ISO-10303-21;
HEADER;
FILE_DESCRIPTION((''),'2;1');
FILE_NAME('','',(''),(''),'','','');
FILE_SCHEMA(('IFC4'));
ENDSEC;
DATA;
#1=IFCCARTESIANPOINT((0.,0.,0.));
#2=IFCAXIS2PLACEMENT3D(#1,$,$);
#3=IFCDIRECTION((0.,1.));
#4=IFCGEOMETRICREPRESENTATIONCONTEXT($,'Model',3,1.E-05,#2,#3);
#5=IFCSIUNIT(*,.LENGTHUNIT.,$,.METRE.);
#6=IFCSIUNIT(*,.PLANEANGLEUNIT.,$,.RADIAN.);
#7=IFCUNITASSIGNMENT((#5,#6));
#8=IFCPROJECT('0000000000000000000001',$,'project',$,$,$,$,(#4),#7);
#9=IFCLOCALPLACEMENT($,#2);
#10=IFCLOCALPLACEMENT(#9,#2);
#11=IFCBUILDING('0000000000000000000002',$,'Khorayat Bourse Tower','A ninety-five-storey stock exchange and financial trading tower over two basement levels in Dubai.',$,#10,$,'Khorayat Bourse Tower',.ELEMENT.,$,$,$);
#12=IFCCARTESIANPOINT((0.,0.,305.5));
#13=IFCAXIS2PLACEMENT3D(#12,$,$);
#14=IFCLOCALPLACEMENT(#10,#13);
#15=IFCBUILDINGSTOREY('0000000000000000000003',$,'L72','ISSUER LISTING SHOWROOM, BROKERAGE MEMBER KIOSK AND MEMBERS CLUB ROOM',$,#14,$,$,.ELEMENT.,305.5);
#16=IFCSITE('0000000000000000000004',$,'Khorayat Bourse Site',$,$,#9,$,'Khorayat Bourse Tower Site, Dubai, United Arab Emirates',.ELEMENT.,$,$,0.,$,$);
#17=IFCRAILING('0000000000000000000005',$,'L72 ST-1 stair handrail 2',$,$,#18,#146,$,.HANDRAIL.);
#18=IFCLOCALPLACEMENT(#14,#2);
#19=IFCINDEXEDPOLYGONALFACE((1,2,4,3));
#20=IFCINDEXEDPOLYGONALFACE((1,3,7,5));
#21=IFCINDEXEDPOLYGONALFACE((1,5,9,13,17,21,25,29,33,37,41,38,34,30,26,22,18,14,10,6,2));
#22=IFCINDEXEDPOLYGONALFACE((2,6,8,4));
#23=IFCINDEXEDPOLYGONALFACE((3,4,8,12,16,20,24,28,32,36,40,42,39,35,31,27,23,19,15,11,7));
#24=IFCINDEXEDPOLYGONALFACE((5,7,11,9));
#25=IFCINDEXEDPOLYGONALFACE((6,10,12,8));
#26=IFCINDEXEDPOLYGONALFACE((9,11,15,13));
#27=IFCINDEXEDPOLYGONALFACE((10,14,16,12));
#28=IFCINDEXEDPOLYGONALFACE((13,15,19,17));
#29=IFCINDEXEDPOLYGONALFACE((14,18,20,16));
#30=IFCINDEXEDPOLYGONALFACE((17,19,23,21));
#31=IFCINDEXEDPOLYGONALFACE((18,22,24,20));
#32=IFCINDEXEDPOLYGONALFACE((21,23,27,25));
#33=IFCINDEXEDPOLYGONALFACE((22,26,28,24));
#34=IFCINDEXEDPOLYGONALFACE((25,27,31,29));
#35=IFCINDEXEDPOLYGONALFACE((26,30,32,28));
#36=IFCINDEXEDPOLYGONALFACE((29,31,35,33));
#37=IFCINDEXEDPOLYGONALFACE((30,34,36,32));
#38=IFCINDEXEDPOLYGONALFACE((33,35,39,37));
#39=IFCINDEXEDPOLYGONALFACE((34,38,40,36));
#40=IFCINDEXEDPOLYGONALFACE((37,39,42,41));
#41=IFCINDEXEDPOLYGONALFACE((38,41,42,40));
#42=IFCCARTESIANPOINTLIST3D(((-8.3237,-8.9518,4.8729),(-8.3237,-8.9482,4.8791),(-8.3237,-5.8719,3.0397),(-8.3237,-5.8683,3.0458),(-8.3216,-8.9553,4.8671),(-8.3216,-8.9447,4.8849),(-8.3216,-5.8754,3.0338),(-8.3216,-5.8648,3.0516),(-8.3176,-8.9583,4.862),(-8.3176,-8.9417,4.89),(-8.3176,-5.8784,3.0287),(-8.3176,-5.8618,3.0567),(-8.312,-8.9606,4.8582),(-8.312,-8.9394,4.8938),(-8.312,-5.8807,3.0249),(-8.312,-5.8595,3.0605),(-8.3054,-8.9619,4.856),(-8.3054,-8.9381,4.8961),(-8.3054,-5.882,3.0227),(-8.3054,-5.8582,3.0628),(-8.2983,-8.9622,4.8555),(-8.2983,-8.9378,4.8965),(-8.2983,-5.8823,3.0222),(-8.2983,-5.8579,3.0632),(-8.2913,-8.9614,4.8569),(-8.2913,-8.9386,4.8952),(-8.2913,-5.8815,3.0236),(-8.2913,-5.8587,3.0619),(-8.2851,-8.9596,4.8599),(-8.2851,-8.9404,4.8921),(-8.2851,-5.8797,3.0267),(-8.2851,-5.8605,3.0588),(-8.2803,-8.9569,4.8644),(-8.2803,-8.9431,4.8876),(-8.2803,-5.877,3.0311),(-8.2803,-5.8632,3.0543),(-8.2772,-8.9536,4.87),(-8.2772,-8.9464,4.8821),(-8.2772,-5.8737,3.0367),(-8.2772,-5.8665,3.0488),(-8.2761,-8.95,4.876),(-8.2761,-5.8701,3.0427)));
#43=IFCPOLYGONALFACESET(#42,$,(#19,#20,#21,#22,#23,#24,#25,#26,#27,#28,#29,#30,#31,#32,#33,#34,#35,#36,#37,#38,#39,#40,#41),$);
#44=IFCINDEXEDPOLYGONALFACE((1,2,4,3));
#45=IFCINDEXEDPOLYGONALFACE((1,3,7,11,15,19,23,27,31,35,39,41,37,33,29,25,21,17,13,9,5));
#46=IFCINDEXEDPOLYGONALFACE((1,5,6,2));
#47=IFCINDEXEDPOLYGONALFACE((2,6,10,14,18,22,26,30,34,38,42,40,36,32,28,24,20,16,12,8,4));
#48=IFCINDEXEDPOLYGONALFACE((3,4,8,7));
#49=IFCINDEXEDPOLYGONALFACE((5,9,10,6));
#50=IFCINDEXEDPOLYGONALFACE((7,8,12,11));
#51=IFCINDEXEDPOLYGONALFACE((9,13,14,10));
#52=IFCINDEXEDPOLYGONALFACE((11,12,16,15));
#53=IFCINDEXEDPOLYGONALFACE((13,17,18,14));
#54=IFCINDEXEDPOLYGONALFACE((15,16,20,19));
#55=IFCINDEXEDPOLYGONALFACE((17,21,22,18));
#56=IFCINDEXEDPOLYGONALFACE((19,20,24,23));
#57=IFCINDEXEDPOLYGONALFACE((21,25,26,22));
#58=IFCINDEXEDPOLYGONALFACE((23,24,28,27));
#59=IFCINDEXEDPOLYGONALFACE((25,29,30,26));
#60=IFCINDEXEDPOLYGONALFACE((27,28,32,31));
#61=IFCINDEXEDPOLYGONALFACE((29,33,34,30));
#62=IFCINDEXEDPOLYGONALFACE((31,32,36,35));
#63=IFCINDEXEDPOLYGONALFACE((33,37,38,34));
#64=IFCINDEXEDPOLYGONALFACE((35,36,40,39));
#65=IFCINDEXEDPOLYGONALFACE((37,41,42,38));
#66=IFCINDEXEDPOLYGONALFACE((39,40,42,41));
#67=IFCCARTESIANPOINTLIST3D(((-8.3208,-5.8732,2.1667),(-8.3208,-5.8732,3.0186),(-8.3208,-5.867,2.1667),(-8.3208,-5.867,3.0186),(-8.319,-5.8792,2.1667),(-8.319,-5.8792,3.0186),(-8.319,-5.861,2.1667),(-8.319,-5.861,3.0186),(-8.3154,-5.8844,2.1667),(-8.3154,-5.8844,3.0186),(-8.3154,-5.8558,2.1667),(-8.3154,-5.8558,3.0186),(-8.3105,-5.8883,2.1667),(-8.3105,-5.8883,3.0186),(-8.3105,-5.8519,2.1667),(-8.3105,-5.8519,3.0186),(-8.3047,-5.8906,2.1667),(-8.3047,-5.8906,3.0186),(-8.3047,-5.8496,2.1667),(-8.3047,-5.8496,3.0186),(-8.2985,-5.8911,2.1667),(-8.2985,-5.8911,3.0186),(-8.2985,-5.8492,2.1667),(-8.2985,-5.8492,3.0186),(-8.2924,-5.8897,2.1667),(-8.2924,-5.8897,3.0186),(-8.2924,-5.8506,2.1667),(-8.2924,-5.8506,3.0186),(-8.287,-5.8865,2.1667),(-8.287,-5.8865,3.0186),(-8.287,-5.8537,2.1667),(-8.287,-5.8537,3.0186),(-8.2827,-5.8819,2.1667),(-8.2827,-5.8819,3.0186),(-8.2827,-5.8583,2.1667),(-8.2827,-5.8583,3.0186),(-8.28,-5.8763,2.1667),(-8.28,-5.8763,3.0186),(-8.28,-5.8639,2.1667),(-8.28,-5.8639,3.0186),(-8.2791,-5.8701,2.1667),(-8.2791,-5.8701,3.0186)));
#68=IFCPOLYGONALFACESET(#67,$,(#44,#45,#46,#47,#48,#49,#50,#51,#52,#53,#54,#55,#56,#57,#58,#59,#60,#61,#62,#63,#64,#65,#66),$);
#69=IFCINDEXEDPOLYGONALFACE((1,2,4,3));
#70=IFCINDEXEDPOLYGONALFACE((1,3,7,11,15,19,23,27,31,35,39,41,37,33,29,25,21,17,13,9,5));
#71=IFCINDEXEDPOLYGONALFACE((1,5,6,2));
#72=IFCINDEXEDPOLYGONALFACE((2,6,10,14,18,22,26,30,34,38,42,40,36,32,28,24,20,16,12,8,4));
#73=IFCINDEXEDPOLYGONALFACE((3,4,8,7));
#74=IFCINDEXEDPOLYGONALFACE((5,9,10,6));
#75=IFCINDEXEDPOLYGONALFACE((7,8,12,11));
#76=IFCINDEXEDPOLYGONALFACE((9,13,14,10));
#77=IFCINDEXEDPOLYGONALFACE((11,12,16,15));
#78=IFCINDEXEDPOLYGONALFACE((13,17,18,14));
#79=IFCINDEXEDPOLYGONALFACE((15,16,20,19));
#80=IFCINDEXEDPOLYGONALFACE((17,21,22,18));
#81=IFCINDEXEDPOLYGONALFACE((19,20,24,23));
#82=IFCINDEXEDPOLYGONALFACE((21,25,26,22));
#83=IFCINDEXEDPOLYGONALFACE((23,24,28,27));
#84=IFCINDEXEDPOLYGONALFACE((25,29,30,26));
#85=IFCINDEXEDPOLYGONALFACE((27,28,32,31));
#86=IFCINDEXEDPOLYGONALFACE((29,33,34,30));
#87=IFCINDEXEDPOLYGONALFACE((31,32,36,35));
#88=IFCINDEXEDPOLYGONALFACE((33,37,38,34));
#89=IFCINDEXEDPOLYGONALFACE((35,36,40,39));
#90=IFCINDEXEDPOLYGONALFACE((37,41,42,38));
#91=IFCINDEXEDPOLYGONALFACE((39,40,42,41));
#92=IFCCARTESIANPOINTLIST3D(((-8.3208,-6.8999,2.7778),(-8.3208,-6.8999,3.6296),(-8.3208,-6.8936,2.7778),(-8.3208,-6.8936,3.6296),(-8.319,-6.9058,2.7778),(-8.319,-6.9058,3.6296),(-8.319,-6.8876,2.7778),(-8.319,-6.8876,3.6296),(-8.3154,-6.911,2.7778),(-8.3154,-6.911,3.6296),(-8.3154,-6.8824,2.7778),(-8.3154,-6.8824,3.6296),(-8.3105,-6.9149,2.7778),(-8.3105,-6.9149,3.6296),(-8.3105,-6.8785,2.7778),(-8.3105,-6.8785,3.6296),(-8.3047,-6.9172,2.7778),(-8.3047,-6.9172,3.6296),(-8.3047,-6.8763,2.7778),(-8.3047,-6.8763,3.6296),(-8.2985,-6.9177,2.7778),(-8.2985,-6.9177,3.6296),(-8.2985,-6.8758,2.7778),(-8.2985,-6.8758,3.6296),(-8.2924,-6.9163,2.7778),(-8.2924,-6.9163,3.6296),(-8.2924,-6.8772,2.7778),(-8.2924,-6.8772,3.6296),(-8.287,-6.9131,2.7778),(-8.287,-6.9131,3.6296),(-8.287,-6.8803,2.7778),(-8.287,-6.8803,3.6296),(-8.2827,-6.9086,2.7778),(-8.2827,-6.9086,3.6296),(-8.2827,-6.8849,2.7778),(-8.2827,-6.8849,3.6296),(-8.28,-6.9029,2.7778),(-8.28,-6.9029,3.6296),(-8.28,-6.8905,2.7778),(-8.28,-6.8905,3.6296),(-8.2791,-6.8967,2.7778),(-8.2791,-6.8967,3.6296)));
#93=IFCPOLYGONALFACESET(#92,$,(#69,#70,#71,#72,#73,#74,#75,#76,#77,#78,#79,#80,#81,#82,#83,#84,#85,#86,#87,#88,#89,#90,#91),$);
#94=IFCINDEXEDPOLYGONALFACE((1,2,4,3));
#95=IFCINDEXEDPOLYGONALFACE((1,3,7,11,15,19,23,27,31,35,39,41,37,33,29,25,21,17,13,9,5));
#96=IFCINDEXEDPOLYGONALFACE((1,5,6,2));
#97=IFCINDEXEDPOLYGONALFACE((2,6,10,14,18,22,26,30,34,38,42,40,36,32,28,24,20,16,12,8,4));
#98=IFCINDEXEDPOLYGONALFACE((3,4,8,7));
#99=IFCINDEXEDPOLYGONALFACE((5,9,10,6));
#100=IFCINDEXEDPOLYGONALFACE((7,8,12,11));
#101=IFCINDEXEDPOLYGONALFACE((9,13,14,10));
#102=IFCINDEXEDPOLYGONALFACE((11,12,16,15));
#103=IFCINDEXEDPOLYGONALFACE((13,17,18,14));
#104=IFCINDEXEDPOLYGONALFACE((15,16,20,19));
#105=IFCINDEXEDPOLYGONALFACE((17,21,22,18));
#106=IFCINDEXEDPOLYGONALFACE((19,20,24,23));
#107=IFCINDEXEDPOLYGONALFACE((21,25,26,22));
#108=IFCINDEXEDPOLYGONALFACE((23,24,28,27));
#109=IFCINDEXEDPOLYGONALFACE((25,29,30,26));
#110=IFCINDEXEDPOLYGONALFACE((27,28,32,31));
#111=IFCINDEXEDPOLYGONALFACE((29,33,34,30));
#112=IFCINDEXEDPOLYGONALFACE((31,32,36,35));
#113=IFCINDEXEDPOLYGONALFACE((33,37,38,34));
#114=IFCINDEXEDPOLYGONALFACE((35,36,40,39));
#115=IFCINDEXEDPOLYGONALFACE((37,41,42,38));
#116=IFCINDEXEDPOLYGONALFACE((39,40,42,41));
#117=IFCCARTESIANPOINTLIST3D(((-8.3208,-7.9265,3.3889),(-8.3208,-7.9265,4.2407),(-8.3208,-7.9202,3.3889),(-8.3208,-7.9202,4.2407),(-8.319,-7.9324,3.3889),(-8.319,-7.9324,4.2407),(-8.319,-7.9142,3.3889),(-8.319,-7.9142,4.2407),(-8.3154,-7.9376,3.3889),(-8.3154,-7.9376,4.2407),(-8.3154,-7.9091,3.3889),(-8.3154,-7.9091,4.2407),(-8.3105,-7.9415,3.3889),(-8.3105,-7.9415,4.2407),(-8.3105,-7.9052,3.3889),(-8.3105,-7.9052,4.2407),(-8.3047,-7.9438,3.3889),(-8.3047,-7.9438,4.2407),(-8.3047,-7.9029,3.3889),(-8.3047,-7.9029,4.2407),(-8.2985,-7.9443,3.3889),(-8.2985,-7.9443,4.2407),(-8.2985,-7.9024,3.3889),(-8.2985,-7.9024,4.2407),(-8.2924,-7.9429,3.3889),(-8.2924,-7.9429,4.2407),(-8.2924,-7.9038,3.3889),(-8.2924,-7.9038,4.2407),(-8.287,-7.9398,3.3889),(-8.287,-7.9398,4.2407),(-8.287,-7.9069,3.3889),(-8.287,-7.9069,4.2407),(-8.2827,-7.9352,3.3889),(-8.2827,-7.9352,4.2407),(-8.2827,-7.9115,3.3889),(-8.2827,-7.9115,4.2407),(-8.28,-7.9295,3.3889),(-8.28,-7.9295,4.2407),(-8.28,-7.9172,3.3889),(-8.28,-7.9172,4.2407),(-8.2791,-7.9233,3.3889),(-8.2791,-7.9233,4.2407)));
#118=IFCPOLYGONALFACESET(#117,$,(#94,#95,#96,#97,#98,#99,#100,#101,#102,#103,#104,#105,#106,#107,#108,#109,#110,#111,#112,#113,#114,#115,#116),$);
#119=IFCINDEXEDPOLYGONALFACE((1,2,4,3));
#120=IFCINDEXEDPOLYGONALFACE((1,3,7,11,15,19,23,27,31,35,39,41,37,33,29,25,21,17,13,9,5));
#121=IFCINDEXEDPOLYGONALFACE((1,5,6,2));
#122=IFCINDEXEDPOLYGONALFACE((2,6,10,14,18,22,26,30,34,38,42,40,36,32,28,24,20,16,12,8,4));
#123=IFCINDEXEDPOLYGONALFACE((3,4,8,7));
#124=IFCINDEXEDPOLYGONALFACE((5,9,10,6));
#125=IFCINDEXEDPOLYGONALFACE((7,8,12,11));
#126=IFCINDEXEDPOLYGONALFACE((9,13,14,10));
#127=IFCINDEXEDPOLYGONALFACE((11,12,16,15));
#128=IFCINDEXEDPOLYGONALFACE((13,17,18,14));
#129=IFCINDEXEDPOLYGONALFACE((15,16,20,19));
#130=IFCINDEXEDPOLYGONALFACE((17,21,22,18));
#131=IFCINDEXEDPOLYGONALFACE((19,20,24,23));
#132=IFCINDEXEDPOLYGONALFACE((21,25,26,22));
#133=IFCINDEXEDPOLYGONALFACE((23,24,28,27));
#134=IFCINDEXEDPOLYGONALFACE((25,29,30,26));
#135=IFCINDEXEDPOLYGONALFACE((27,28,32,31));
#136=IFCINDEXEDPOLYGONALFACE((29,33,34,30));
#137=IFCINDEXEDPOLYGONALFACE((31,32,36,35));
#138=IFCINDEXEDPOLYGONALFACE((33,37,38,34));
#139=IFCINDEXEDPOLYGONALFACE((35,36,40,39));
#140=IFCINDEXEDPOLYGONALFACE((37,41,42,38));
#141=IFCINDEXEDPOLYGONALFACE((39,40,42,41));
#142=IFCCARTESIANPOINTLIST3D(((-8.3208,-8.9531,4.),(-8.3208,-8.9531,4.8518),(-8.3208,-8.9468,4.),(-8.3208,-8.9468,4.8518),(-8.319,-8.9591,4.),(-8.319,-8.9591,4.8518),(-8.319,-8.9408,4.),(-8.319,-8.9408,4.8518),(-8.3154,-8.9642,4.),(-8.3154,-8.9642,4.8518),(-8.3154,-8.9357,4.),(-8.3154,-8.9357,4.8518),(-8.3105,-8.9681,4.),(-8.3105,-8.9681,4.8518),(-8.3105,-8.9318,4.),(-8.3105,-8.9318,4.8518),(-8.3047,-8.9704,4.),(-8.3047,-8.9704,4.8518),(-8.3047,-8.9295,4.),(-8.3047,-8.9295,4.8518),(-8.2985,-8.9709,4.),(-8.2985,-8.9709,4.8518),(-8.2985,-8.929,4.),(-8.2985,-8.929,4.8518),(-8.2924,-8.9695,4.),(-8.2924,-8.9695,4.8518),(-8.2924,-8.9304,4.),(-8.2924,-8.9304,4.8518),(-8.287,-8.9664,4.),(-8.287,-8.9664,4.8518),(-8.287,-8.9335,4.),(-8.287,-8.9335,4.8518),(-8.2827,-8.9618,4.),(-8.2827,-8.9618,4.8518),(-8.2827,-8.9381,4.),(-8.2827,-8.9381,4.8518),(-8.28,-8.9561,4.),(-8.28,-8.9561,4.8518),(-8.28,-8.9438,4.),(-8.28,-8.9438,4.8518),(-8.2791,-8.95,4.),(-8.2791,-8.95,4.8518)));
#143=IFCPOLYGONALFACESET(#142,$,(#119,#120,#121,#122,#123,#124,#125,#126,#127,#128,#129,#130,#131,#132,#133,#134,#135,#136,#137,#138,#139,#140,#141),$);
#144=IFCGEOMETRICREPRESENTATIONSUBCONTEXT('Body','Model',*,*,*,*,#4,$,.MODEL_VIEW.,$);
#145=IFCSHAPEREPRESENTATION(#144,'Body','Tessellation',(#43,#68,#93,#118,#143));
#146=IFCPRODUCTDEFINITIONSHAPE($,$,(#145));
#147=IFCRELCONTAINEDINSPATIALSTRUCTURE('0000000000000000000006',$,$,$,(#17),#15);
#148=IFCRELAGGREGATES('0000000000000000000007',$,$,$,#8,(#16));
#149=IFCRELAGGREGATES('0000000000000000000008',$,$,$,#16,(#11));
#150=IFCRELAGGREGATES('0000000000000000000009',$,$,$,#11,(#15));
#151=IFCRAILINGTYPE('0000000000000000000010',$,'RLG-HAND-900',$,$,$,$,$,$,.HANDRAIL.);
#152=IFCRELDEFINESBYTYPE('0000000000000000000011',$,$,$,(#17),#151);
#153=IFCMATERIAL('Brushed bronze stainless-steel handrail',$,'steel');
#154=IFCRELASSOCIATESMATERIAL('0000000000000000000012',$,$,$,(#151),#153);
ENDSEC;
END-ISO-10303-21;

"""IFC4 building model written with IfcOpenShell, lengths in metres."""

from ifc_helpers import new_model, si_unit, direction, frame, origin, origin_2d, place, context, subcontext, project, spatial, circle, extrude, source, transform, mapped, material, type_object, element, save


model = new_model("IFC4")

# Units and contexts
model_context = context("Model", 3, precision=1e-05, world=origin(), true_north=direction((0.0, 1.0)))
body_context = subcontext(model_context, "Body", "Model", "MODEL_VIEW")
ifc_project = project(units=[si_unit("LENGTHUNIT", "METRE"), si_unit("PLANEANGLEUNIT", "RADIAN")], contexts=[model_context])

# Site, building, storey
site_placement = place(None, origin())
site = spatial("IfcSite", under=ifc_project, at=site_placement, Name="Khorayat Bourse Site", LongName="Khorayat Bourse Tower Site, Dubai, United Arab Emirates", CompositionType="ELEMENT", RefElevation=0.0)
building_placement = place(site_placement, origin())
building = spatial("IfcBuilding", under=site, at=building_placement, Name="Khorayat Bourse Tower", Description="A ninety-five-storey stock exchange and financial trading tower over two basement levels in Dubai.", LongName="Khorayat Bourse Tower", CompositionType="ELEMENT")
storey_placement = place(building_placement, frame((0.0, 0.0, 305.5)))
storey = spatial("IfcBuildingStorey", under=building, at=storey_placement, Name="L72", Description="ISSUER LISTING SHOWROOM, BROKERAGE MEMBER KIOSK AND MEMBERS CLUB ROOM", CompositionType="ELEMENT", Elevation=305.5)

# Railing
ifc_material_1 = material(Name="Brushed bronze stainless-steel handrail", Category="steel")
railing_type_1 = type_object("IfcRailingType", Name="RLG-HAND-900", PredefinedType="HANDRAIL", material=ifc_material_1)
shared_shape_1 = source(origin(), body_context, "Body", "SweptSolid", [
    extrude(circle(Radius=0.0239, at=origin_2d()), frame((0.0, 0.0, 0.876), z_axis=(0.0, -0.859291, 0.511487), x_axis=(1.0, 0.0, 0.0)), (0.0, 0.0, 1.0), 3.5842),
    extrude(circle(Radius=0.021, at=origin_2d()), origin(), (0.0, 0.0, 1.0), 0.8518),
    extrude(circle(Radius=0.021, at=origin_2d()), frame((0.0, -1.0266, 0.6111)), (0.0, 0.0, 1.0), 0.8518),
    extrude(circle(Radius=0.021, at=origin_2d()), frame((0.0, -2.0532, 1.2222)), (0.0, 0.0, 1.0), 0.8518),
    extrude(circle(Radius=0.021, at=origin_2d()), frame((0.0, -3.0798, 1.8333)), (0.0, 0.0, 1.0), 0.8518),
])
railing_1_placement = place(storey_placement, frame((-8.3, -5.8701, 2.1667)))
element("IfcRailing", 1, at=railing_1_placement, inside=storey, type_object=railing_type_1, Name="L72 ST-1 stair handrail 2", PredefinedType="HANDRAIL", context=body_context, shape_type="MappedRepresentation", body=[
    mapped(shared_shape_1, transform((0.0, 0.0, 0.0), scale=1.0)),
])

save(model, "model.ifc")
